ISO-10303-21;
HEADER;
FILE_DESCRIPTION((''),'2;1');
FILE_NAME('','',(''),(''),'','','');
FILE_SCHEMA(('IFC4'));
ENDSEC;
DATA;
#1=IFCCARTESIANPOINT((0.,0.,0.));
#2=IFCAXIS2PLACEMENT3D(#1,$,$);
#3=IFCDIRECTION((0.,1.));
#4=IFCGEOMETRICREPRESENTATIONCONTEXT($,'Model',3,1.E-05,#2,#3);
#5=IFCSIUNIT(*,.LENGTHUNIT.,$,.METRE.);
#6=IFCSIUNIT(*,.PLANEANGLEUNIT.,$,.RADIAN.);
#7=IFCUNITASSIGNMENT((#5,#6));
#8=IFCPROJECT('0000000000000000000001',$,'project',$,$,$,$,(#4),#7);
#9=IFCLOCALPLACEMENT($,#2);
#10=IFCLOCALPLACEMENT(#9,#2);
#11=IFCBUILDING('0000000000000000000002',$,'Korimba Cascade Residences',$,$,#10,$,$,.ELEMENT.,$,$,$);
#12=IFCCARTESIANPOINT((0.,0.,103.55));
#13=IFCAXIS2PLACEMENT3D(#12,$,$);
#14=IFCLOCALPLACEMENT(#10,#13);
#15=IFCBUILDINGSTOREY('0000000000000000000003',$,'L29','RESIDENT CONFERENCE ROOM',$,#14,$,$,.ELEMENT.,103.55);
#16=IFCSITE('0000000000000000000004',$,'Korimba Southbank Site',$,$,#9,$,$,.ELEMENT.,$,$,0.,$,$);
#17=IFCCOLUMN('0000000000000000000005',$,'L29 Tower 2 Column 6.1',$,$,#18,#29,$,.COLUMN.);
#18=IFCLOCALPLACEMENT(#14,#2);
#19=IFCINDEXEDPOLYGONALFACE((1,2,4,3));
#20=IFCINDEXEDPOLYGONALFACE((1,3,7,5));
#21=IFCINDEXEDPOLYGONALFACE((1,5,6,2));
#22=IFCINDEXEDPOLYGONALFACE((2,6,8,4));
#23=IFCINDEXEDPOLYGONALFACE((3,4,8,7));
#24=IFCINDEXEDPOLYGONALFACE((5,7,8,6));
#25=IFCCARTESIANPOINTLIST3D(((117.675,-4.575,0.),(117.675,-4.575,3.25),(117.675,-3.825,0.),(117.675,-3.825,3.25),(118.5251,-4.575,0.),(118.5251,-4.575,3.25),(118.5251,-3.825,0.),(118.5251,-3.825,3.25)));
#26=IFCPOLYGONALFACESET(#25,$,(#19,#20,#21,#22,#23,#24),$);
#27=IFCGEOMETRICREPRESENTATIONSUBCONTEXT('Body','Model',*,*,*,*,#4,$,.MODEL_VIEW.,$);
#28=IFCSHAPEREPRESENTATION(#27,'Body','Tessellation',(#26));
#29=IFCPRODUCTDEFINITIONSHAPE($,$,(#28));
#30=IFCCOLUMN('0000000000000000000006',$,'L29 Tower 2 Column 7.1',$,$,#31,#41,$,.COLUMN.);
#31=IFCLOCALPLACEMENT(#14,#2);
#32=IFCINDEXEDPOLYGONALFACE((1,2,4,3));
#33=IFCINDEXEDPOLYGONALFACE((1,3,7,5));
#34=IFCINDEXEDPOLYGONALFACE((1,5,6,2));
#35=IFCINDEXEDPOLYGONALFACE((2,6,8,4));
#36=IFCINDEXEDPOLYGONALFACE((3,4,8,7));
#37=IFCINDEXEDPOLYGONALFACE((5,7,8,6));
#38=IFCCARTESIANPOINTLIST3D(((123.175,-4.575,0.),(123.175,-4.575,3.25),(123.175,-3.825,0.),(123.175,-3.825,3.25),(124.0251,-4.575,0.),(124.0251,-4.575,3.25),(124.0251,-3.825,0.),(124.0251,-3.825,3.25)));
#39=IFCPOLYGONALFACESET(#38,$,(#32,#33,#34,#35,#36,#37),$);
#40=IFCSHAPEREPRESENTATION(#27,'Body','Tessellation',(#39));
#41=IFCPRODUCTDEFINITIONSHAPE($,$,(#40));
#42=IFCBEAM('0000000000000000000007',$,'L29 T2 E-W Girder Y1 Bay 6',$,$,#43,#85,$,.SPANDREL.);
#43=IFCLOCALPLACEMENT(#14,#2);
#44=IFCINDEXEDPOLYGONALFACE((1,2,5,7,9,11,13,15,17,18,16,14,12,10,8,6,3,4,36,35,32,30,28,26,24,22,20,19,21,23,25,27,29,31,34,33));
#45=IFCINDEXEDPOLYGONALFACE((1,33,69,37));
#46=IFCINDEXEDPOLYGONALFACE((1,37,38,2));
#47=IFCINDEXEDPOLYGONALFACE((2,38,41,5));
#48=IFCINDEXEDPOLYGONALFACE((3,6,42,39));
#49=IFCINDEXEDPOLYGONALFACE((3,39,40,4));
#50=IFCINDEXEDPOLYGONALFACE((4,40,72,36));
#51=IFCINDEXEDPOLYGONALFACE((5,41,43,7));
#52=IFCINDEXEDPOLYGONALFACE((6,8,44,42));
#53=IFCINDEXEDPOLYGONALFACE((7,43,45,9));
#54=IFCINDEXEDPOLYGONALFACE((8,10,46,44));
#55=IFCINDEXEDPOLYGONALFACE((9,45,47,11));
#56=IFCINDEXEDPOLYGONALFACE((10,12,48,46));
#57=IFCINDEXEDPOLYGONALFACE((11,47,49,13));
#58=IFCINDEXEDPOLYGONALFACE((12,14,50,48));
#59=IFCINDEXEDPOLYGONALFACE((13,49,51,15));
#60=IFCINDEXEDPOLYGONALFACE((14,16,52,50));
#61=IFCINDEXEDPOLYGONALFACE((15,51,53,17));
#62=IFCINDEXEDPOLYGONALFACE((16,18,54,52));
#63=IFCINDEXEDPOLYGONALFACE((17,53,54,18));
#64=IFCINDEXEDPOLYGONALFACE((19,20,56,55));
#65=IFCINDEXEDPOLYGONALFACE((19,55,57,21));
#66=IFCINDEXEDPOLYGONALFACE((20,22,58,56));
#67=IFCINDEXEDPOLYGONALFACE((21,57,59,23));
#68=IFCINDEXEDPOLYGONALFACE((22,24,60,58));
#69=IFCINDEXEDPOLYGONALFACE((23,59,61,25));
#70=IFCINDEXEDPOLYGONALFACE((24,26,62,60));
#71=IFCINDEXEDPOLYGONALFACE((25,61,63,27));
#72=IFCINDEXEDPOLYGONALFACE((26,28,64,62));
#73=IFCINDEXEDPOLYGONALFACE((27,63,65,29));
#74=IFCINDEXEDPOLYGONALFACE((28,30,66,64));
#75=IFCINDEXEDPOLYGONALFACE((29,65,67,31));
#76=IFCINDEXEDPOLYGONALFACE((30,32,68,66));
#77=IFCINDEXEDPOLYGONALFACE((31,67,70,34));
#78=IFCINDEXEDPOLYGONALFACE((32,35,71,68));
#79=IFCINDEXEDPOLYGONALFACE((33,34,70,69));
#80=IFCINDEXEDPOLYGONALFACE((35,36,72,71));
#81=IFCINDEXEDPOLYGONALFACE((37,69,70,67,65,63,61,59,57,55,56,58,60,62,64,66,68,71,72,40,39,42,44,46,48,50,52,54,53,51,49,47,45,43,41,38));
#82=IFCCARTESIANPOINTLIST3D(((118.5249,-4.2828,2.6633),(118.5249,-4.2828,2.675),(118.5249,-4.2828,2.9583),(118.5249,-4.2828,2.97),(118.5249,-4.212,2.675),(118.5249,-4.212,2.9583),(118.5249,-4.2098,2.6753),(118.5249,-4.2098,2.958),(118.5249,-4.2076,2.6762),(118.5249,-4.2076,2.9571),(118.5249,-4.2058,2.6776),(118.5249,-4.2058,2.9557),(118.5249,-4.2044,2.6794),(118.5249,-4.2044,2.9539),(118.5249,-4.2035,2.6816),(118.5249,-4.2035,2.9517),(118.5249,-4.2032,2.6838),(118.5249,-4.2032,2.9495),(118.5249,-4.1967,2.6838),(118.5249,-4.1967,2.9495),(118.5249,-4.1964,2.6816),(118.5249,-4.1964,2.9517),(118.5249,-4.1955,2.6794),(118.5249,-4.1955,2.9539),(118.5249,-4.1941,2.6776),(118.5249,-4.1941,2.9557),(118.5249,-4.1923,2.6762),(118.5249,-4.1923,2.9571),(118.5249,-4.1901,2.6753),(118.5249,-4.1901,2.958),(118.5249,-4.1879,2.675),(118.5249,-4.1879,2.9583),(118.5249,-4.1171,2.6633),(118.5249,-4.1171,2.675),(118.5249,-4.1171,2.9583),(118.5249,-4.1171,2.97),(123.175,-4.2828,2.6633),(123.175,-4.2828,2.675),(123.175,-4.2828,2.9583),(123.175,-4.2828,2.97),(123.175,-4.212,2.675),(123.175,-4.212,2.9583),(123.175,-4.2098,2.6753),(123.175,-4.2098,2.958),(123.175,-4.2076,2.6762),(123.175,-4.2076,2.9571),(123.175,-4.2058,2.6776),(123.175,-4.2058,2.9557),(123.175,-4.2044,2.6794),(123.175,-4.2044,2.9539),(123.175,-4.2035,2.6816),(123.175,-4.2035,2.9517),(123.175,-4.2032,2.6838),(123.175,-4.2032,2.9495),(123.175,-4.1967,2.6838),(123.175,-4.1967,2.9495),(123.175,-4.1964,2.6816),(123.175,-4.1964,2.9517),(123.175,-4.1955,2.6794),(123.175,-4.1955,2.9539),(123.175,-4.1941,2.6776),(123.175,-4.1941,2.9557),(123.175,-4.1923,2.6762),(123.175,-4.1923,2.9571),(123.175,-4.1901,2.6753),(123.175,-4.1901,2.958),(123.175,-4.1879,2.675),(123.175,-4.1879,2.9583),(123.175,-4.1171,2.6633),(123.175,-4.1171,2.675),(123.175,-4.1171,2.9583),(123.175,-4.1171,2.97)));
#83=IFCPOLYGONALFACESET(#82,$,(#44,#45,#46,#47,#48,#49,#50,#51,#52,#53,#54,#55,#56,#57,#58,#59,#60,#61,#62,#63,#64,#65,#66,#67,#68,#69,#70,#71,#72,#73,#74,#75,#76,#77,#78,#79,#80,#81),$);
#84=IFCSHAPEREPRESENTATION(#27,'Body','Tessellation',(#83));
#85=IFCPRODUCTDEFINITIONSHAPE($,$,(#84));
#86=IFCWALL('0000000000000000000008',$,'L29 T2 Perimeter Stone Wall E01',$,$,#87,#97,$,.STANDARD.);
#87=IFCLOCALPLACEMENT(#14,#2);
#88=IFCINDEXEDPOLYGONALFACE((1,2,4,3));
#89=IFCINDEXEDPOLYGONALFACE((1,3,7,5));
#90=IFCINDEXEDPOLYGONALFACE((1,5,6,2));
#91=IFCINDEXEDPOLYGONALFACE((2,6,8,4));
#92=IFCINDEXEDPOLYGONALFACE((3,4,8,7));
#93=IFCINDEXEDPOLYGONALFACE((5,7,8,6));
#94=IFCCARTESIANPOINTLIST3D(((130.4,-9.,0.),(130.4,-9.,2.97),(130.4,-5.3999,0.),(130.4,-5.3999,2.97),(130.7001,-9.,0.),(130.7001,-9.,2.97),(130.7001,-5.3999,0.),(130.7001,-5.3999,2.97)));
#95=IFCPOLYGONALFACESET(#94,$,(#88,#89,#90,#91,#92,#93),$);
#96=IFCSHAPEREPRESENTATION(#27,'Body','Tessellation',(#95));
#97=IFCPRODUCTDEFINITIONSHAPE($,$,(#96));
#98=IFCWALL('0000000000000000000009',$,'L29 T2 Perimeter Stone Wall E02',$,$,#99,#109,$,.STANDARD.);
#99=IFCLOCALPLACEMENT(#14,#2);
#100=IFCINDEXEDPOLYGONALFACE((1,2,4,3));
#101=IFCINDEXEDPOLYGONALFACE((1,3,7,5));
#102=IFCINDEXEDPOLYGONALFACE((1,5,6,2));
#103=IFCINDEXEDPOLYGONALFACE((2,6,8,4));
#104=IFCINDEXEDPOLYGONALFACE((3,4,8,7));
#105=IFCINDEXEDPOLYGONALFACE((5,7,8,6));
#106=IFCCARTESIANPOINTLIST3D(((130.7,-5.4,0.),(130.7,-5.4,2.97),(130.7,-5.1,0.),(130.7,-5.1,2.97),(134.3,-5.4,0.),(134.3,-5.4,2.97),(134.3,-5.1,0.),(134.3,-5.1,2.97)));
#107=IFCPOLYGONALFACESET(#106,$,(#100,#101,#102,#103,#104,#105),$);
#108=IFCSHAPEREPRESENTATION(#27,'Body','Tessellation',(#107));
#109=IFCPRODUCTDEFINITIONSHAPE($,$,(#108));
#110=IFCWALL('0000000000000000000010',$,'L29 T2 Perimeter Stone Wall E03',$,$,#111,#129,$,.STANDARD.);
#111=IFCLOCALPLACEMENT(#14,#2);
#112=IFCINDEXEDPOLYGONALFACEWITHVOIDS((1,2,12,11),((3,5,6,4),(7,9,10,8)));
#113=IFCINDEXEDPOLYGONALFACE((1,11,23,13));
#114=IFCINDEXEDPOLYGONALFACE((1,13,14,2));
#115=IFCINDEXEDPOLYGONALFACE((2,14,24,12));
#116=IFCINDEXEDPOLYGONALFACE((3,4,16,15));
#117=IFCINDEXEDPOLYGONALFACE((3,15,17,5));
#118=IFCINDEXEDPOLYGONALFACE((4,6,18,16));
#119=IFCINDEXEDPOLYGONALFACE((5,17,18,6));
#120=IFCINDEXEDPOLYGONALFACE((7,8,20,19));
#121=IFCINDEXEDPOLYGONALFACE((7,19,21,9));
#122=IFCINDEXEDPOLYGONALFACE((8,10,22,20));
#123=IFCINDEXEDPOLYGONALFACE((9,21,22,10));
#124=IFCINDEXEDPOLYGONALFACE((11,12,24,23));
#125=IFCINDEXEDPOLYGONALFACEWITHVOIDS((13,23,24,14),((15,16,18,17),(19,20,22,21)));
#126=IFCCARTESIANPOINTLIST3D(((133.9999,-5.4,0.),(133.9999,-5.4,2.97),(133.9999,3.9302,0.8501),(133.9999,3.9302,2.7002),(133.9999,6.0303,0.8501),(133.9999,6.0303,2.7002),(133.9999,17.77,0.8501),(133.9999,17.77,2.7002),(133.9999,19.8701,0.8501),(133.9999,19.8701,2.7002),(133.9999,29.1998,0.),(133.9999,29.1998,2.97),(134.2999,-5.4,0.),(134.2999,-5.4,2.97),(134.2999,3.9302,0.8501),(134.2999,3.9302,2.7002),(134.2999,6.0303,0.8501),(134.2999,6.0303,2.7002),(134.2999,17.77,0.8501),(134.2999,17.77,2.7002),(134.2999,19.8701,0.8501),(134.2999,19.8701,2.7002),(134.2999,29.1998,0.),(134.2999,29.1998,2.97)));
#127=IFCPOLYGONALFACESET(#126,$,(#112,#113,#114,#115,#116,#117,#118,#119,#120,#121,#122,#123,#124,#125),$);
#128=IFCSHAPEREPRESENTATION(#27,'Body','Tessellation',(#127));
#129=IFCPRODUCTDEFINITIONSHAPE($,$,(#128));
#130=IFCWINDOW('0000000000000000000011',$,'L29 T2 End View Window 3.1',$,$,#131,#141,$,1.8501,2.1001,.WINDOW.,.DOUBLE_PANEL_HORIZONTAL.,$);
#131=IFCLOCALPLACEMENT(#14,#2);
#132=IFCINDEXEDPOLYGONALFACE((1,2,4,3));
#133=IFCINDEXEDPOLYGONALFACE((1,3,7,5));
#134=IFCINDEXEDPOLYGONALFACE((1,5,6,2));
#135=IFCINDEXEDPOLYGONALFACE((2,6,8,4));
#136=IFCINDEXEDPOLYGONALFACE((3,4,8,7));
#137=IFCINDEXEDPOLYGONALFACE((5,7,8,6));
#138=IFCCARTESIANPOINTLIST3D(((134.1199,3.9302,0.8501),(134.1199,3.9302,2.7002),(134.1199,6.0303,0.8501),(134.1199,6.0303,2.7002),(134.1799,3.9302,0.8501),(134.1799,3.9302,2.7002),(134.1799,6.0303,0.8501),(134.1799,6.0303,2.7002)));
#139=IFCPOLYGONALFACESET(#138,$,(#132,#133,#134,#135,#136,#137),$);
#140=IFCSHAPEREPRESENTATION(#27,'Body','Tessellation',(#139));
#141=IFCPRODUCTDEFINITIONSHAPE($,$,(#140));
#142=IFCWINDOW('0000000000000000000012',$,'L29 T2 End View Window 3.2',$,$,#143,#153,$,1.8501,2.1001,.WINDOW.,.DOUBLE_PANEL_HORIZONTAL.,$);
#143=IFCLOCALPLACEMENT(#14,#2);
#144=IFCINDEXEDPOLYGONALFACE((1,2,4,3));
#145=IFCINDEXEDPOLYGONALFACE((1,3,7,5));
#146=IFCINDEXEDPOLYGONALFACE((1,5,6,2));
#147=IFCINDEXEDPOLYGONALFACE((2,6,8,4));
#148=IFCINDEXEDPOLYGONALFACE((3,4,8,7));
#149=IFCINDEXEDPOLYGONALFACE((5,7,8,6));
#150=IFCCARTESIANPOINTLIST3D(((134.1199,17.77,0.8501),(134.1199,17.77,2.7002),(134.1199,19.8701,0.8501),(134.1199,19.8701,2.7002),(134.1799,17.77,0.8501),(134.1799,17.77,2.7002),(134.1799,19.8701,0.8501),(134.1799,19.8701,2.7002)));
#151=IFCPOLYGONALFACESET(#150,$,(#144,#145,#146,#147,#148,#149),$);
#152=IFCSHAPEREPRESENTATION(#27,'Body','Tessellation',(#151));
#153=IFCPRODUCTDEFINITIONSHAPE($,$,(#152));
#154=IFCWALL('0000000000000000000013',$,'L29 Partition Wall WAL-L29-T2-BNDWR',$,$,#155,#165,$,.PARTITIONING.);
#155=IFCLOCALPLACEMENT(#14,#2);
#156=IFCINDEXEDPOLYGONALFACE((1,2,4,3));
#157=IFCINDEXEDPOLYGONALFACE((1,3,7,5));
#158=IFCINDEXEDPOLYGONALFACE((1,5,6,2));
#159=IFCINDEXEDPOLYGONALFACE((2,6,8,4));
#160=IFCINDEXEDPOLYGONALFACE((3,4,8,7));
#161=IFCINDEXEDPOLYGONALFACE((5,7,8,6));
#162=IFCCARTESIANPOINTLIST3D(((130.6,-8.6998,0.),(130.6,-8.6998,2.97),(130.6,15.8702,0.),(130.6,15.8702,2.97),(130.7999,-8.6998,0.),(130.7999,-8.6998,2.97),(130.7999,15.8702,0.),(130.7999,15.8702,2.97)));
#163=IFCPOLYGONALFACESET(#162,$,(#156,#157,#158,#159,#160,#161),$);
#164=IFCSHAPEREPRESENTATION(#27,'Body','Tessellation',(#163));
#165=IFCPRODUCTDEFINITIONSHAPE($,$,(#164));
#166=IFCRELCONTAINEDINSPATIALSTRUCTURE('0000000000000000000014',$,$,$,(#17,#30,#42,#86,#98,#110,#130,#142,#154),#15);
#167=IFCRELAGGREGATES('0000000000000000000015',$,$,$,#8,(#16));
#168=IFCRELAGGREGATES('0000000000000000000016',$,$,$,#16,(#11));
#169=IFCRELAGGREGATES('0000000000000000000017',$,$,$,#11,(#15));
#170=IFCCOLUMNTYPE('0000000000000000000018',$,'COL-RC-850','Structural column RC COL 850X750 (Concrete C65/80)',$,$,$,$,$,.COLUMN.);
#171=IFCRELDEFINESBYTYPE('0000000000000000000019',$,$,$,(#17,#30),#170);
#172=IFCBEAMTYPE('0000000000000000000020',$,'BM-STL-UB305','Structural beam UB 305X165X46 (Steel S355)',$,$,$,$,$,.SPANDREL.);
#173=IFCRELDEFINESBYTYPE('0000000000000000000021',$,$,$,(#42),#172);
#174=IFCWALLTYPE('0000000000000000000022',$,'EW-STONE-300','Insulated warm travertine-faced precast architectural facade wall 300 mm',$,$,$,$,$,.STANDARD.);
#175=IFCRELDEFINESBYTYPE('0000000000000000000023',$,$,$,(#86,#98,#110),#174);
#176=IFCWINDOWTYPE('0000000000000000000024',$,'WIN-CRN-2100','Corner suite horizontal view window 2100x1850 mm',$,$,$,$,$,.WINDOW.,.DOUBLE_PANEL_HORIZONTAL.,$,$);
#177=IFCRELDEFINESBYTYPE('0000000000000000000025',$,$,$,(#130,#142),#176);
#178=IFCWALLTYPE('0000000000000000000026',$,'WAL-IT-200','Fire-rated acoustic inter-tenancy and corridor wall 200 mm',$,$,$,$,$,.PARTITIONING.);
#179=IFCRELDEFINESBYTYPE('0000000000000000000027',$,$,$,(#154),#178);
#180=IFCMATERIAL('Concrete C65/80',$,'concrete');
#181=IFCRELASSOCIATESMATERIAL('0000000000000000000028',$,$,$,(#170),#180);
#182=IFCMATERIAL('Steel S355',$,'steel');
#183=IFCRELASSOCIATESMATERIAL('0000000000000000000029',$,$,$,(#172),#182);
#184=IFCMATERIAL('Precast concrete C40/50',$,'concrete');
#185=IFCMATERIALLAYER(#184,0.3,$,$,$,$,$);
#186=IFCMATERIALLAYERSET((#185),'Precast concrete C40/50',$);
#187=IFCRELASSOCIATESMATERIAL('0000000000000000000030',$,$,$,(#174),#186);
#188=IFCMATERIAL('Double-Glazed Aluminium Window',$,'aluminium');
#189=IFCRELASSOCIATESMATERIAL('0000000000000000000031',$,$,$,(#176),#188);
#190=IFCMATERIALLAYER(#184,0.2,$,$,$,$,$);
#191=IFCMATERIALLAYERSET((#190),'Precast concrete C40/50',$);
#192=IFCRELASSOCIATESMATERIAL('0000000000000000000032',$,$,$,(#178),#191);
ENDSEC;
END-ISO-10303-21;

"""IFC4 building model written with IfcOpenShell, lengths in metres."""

from ifc_helpers import new_model, si_unit, direction, frame, frame_2d, origin, origin_2d, place, context, subcontext, project, spatial, rectangle, i_section, extrude, material, layer, layer_set, material_profile, profile_set, type_object, element, fill, save


model = new_model("IFC4")

# Units and contexts
model_context = context("Model", 3, precision=1e-05, world=origin(), true_north=direction((0.0, 1.0)))
body_context = subcontext(model_context, "Body", "Model", "MODEL_VIEW")
ifc_project = project(units=[si_unit("LENGTHUNIT", "METRE"), si_unit("PLANEANGLEUNIT", "RADIAN")], contexts=[model_context])

# Site, building, storey
site_placement = place(None, origin())
site = spatial("IfcSite", under=ifc_project, at=site_placement, Name="Korimba Southbank Site", CompositionType="ELEMENT", RefElevation=0.0)
building_placement = place(site_placement, origin())
building = spatial("IfcBuilding", under=site, at=building_placement, Name="Korimba Cascade Residences", CompositionType="ELEMENT")
storey_placement = place(building_placement, frame((0.0, 0.0, 103.55)))
storey = spatial("IfcBuildingStorey", under=building, at=storey_placement, Name="L29", Description="RESIDENT CONFERENCE ROOM", CompositionType="ELEMENT", Elevation=103.55)

# Columns
ifc_material_1 = material(Name="Concrete C65/80", Category="concrete")
ifc_material_profile_1 = material_profile(ifc_material_1, rectangle(XDim=0.8501, YDim=0.75, at=origin_2d()), Name="Concrete C65/80")
ifc_profile_set_1 = profile_set([ifc_material_profile_1], Name="Concrete C65/80")
column_type = type_object("IfcColumnType", Name="COL-RC-850", Description="Structural column RC COL 850X750 (Concrete C65/80)", PredefinedType="COLUMN", material=ifc_profile_set_1)
for number, where, z_axis, x_axis, name in (
    (1, (118.1001, -4.2, 0.0), (0.0, 0.0, 1.0), (1.0, 0.0, 0.0), "L29 Tower 2 Column 6.1"),
    (2, (123.6001, -4.2, 0.0), (0.0, 0.0, 1.0), (1.0, 0.0, 0.0), "L29 Tower 2 Column 7.1"),
):
    element("IfcColumn", number, at=place(storey_placement, frame(where, z_axis=z_axis, x_axis=x_axis)), inside=storey, type_object=column_type, Name=name, PredefinedType="COLUMN", context=body_context, shape_type="SweptSolid", body=[
        extrude(rectangle(XDim=0.8501, YDim=0.75, at=origin_2d()), origin(), (0.0, 0.0, 1.0), 3.25),
    ])

# Beam
ifc_material_2 = material(Name="Steel S355", Category="steel")
ifc_material_profile_2 = material_profile(ifc_material_2, i_section(OverallWidth=0.1658, OverallDepth=0.3066, WebThickness=0.0066, FlangeThickness=0.0117, FilletRadius=0.0088, at=origin_2d()), Name="Steel S355")
ifc_profile_set_2 = profile_set([ifc_material_profile_2], Name="Steel S355")
beam_type = type_object("IfcBeamType", Name="BM-STL-UB305", Description="Structural beam UB 305X165X46 (Steel S355)", PredefinedType="SPANDREL", material=ifc_profile_set_2)
beam_placement = place(storey_placement, frame((118.5249, -4.2, 2.8167), z_axis=(1.0, 0.0, 0.0), x_axis=(0.0, 1.0, 0.0)))
element("IfcBeam", 3, at=beam_placement, inside=storey, type_object=beam_type, Name="L29 T2 E-W Girder Y1 Bay 6", PredefinedType="SPANDREL", context=body_context, shape_type="SweptSolid", body=[
    extrude(i_section(OverallWidth=0.1658, OverallDepth=0.3066, WebThickness=0.0066, FlangeThickness=0.0117, FilletRadius=0.0088, at=origin_2d()), origin(), (0.0, 0.0, 1.0), 4.6501),
])

# Walls
ifc_material_3 = material(Name="Precast concrete C40/50", Category="concrete")
ifc_layer_1 = layer(ifc_material_3, 0.3)
ifc_layer_set_1 = layer_set([ifc_layer_1], Name="Precast concrete C40/50")
wall_type_1 = type_object("IfcWallType", Name="EW-STONE-300", Description="Insulated warm travertine-faced precast architectural facade wall 300 mm", PredefinedType="STANDARD", material=ifc_layer_set_1)
for number, where, z_axis, x_axis, name in (
    (4, (130.55, -9.0, 0.0), (0.0, 0.0, 1.0), (0.0, 1.0, 0.0), "L29 T2 Perimeter Stone Wall E01"),
    (5, (130.7, -5.25, 0.0), (0.0, 0.0, 1.0), (1.0, 0.0, 0.0), "L29 T2 Perimeter Stone Wall E02"),
):
    element("IfcWall", number, at=place(storey_placement, frame(where, z_axis=z_axis, x_axis=x_axis)), inside=storey, type_object=wall_type_1, Name=name, PredefinedType="STANDARD", context=body_context, shape_type="SweptSolid", body=[
        extrude(rectangle(XDim=3.6001, YDim=0.3, at=frame_2d((1.8, 0.0))), origin(), (0.0, 0.0, 1.0), 2.97),
    ])

# Wall, openings, windows
wall_1_placement = place(storey_placement, frame((134.1499, -5.3999, 0.0), z_axis=(0.0, 0.0, 1.0), x_axis=(0.0, 1.0, 0.0)))
wall_1 = element("IfcWall", 6, at=wall_1_placement, inside=storey, type_object=wall_type_1, Name="L29 T2 Perimeter Stone Wall E03", PredefinedType="STANDARD", context=body_context, shape_type="SweptSolid", body=[
    extrude(rectangle(XDim=34.5999, YDim=0.3, at=frame_2d((17.2998, 0.0))), origin(), (0.0, 0.0, 1.0), 2.97),
])
opening_1_placement = place(wall_1_placement, frame((9.3301, 0.0, 0.8501)))
opening_1 = element("IfcOpeningElement", 7, at=opening_1_placement, cuts=wall_1, PredefinedType="OPENING", context=body_context, shape_type="SweptSolid", body=[
    extrude(rectangle(XDim=2.1001, YDim=1.8501, at=frame_2d((1.05, 0.925))), frame((0.0, 0.1602, 0.0), z_axis=(0.0, -1.0, 0.0), x_axis=(1.0, 0.0, 0.0)), (0.0, 0.0, 1.0), 0.3201),
])
opening_2_placement = place(wall_1_placement, frame((23.1699, 0.0, 0.8501)))
opening_2 = element("IfcOpeningElement", 8, at=opening_2_placement, cuts=wall_1, PredefinedType="OPENING", context=body_context, shape_type="SweptSolid", body=[
    extrude(rectangle(XDim=2.1001, YDim=1.8501, at=frame_2d((1.05, 0.925))), frame((0.0, 0.1602, 0.0), z_axis=(0.0, -1.0, 0.0), x_axis=(1.0, 0.0, 0.0)), (0.0, 0.0, 1.0), 0.3201),
])
ifc_material_4 = material(Name="Double-Glazed Aluminium Window", Category="aluminium")
window_type = type_object("IfcWindowType", Name="WIN-CRN-2100", Description="Corner suite horizontal view window 2100x1850 mm", PartitioningType="DOUBLE_PANEL_HORIZONTAL", PredefinedType="WINDOW", material=ifc_material_4)
window_1_placement = place(opening_1_placement, origin())
window_1 = element("IfcWindow", 9, at=window_1_placement, inside=storey, type_object=window_type, Name="L29 T2 End View Window 3.1", OverallHeight=1.8501, OverallWidth=2.1001, PartitioningType="DOUBLE_PANEL_HORIZONTAL", PredefinedType="WINDOW", context=body_context, shape_type="SweptSolid", body=[
    extrude(rectangle(XDim=2.1001, YDim=1.8501, at=frame_2d((1.05, 0.925))), frame((0.0, 0.03, 0.0), z_axis=(0.0, -1.0, 0.0), x_axis=(1.0, 0.0, 0.0)), (0.0, 0.0, 1.0), 0.0601),
])
fill(opening_1, window_1)
window_2_placement = place(opening_2_placement, origin())
window_2 = element("IfcWindow", 10, at=window_2_placement, inside=storey, type_object=window_type, Name="L29 T2 End View Window 3.2", OverallHeight=1.8501, OverallWidth=2.1001, PartitioningType="DOUBLE_PANEL_HORIZONTAL", PredefinedType="WINDOW", context=body_context, shape_type="SweptSolid", body=[
    extrude(rectangle(XDim=2.1001, YDim=1.8501, at=frame_2d((1.05, 0.925))), frame((0.0, 0.03, 0.0), z_axis=(0.0, -1.0, 0.0), x_axis=(1.0, 0.0, 0.0)), (0.0, 0.0, 1.0), 0.0601),
])
fill(opening_2, window_2)

# Wall
ifc_layer_2 = layer(ifc_material_3, 0.2)
ifc_layer_set_2 = layer_set([ifc_layer_2], Name="Precast concrete C40/50")
wall_type_2 = type_object("IfcWallType", Name="WAL-IT-200", Description="Fire-rated acoustic inter-tenancy and corridor wall 200 mm", PredefinedType="PARTITIONING", material=ifc_layer_set_2)
wall_2_placement = place(storey_placement, frame((130.7, -8.7, 0.0), z_axis=(0.0, 0.0, 1.0), x_axis=(0.0, 1.0, 0.0)))
element("IfcWall", 11, at=wall_2_placement, inside=storey, type_object=wall_type_2, Name="L29 Partition Wall WAL-L29-T2-BNDWR", PredefinedType="PARTITIONING", context=body_context, shape_type="SweptSolid", body=[
    extrude(rectangle(XDim=24.5701, YDim=0.2, at=frame_2d((12.2852, 0.0))), origin(), (0.0, 0.0, 1.0), 2.97),
])

save(model, "model.ifc")
